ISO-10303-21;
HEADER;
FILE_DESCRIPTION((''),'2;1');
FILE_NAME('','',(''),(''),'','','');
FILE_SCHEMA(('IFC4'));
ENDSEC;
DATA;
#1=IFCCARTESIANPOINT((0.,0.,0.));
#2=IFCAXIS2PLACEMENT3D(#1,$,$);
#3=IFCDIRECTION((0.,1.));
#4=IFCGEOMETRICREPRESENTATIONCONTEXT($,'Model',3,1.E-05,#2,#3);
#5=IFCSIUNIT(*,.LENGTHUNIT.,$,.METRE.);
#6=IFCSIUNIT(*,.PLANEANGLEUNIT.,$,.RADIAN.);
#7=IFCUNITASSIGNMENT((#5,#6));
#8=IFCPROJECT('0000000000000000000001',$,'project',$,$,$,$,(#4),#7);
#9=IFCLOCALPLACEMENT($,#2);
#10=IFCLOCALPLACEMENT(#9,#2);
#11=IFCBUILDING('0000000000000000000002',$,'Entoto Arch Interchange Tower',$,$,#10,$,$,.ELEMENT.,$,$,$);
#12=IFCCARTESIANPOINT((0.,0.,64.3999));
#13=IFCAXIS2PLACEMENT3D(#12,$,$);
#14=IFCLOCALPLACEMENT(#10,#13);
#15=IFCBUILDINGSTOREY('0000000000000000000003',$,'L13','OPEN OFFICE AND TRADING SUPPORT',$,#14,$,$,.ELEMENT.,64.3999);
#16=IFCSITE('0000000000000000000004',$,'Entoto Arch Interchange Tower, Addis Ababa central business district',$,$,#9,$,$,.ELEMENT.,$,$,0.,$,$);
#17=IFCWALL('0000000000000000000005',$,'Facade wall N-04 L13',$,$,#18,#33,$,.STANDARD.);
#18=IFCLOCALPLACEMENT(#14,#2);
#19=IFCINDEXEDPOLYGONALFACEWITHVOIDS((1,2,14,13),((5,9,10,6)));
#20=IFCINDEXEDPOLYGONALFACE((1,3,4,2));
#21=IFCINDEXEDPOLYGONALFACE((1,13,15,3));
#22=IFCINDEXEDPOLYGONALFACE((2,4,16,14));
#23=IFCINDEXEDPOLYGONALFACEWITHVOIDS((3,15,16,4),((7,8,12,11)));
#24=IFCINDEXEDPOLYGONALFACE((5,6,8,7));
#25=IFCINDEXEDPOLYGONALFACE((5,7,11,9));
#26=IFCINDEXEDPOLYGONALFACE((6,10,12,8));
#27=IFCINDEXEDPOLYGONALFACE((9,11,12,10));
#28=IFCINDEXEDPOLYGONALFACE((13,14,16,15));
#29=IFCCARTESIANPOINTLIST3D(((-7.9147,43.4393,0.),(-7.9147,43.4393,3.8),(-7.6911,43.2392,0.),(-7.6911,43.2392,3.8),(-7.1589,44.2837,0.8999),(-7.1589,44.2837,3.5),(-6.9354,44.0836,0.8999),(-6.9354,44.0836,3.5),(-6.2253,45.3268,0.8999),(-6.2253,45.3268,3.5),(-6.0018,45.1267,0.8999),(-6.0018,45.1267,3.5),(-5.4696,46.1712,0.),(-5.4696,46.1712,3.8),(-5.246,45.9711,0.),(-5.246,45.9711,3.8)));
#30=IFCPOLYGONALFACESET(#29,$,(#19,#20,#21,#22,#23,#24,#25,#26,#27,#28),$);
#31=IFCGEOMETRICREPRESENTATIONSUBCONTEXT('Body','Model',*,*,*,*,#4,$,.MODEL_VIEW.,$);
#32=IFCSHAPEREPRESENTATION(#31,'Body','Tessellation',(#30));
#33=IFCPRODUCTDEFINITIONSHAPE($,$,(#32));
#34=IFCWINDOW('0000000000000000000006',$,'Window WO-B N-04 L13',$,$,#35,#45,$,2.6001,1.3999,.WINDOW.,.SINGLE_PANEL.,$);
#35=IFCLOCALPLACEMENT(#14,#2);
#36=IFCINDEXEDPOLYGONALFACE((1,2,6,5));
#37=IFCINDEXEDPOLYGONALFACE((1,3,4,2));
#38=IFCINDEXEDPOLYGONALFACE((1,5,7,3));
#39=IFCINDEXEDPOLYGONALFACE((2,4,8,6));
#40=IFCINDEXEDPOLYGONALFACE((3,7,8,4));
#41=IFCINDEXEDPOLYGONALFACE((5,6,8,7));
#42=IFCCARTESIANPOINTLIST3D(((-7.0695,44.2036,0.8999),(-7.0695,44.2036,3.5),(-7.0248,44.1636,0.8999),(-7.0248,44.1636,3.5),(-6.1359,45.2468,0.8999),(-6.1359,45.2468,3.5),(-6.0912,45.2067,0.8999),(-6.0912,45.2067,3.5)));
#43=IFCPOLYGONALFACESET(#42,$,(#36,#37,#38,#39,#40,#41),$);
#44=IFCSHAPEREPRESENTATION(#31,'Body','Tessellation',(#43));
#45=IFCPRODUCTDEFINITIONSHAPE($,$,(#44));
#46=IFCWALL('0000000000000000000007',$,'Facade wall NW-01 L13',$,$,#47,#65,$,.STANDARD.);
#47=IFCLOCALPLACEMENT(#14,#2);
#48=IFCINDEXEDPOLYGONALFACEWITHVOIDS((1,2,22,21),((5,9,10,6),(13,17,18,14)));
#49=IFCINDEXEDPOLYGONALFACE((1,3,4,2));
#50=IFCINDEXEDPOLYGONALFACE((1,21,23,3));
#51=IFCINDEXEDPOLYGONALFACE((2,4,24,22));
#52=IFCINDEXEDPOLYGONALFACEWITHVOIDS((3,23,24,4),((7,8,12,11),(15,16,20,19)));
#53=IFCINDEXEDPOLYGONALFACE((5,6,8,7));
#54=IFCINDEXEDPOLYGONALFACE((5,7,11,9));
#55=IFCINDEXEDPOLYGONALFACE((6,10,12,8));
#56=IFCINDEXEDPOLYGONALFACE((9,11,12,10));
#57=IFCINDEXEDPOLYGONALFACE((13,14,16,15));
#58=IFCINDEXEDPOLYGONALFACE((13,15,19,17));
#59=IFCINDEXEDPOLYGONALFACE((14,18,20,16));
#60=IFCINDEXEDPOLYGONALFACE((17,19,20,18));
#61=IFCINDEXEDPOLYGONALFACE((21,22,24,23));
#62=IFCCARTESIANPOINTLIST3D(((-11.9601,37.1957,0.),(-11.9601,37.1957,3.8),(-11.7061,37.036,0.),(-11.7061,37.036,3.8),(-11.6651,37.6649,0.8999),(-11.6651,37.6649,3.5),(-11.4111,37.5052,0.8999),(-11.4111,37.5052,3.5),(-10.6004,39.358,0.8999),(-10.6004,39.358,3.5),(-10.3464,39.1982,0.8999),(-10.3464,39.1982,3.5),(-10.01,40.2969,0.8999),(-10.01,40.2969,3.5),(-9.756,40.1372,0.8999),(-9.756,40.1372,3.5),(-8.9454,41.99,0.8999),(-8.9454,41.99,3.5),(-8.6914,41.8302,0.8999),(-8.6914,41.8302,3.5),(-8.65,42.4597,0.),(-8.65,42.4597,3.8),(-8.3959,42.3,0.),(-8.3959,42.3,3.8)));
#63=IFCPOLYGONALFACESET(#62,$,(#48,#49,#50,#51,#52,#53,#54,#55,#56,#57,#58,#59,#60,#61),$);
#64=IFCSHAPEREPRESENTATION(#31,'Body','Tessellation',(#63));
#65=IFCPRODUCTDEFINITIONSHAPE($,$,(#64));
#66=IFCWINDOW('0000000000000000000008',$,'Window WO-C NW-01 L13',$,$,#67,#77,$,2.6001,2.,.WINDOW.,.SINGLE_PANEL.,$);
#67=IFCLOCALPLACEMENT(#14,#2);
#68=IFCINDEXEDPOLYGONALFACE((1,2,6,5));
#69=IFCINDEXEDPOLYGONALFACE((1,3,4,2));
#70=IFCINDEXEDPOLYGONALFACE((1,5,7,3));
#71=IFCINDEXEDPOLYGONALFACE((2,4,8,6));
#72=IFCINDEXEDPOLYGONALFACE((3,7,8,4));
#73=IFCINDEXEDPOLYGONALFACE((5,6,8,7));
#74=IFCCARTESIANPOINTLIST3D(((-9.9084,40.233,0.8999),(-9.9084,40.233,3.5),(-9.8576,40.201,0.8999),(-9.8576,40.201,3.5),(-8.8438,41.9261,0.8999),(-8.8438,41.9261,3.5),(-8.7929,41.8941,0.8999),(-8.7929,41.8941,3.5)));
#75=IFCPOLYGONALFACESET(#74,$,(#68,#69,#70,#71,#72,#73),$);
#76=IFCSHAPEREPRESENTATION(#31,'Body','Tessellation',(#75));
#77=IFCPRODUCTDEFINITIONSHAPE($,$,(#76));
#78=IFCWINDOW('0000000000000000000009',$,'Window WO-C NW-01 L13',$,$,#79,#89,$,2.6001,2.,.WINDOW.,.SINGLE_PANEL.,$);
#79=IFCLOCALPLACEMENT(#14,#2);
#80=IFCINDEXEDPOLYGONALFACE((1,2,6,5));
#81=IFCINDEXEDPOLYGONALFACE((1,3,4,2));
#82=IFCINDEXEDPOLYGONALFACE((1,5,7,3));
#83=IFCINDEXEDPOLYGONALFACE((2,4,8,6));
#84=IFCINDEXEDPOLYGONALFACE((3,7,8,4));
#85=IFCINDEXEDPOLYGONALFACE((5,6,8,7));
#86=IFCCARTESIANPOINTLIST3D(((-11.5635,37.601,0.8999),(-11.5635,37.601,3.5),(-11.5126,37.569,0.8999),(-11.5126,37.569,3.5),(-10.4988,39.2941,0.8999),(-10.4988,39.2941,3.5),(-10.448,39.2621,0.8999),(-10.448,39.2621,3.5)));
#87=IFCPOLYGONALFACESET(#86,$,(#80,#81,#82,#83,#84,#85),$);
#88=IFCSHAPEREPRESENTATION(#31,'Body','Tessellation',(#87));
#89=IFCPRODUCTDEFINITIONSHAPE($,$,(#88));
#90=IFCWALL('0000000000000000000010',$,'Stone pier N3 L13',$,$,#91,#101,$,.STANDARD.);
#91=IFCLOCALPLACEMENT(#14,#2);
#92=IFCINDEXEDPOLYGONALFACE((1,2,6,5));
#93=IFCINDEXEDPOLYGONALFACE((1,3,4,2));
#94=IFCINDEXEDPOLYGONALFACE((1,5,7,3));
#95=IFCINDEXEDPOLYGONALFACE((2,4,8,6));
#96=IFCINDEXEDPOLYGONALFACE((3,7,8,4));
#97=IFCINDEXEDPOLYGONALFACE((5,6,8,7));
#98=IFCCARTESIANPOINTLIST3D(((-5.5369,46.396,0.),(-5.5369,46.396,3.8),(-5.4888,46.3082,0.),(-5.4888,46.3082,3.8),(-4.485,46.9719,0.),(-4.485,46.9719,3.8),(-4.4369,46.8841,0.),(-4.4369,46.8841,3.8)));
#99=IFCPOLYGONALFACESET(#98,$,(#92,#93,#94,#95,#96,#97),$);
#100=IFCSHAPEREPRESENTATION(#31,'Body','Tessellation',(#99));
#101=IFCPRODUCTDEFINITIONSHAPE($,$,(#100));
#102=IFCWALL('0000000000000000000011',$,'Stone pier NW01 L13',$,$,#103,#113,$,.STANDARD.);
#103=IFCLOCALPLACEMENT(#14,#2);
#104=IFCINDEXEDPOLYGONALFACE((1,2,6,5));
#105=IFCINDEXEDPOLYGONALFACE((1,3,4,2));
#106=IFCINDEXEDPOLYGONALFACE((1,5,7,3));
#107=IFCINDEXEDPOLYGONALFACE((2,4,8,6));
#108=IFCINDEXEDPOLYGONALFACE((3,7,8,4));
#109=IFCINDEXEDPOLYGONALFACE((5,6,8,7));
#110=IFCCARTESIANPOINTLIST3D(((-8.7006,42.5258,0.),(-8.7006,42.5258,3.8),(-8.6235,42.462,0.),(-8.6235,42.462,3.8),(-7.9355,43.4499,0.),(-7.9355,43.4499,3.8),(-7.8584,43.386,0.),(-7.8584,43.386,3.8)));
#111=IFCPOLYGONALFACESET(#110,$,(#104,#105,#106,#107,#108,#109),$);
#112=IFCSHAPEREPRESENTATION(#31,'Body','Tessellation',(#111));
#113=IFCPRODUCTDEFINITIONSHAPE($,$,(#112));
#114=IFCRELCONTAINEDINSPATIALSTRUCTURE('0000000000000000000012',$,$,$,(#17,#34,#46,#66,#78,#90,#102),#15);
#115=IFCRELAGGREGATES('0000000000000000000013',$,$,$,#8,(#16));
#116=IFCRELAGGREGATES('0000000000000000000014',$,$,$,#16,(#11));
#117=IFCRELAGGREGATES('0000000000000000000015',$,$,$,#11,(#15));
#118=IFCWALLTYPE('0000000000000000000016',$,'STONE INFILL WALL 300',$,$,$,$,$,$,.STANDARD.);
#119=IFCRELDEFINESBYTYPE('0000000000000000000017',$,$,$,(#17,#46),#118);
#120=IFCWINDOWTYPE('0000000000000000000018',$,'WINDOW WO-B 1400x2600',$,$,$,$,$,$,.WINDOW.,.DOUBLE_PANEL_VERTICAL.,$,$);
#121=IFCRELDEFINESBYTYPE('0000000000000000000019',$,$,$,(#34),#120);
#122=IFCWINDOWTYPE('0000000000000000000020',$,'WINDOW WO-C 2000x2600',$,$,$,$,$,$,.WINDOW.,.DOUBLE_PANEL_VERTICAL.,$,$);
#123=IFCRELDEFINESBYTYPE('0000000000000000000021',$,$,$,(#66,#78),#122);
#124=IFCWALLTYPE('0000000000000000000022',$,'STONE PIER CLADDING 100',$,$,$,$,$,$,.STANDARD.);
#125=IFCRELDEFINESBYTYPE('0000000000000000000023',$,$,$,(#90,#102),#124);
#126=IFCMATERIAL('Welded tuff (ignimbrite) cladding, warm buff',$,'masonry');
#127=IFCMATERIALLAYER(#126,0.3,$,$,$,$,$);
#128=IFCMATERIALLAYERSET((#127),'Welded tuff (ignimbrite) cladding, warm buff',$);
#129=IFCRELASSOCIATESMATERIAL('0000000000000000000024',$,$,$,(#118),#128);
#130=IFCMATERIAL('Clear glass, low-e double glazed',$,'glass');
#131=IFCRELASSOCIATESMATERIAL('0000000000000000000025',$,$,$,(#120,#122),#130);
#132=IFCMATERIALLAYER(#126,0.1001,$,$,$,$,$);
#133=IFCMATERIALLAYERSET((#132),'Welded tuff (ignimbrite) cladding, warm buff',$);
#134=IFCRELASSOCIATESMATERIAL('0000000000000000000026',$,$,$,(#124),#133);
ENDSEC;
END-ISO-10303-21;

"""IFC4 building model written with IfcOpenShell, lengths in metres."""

from ifc_helpers import new_model, si_unit, direction, frame, frame_2d, origin, place, context, subcontext, project, spatial, rectangle, extrude, material, layer, layer_set, type_object, element, fill, save


model = new_model("IFC4")

# Units and contexts
model_context = context("Model", 3, precision=1e-05, world=origin(), true_north=direction((0.0, 1.0)))
body_context = subcontext(model_context, "Body", "Model", "MODEL_VIEW")
ifc_project = project(units=[si_unit("LENGTHUNIT", "METRE"), si_unit("PLANEANGLEUNIT", "RADIAN")], contexts=[model_context])

# Site, building, storey
site_placement = place(None, origin())
site = spatial("IfcSite", under=ifc_project, at=site_placement, Name="Entoto Arch Interchange Tower, Addis Ababa central business district", CompositionType="ELEMENT", RefElevation=0.0)
building_placement = place(site_placement, origin())
building = spatial("IfcBuilding", under=site, at=building_placement, Name="Entoto Arch Interchange Tower", CompositionType="ELEMENT")
storey_placement = place(building_placement, frame((0.0, 0.0, 64.3999)))
storey = spatial("IfcBuildingStorey", under=building, at=storey_placement, Name="L13", Description="OPEN OFFICE AND TRADING SUPPORT", CompositionType="ELEMENT", Elevation=64.3999)

# Wall, opening, window
ifc_material_1 = material(Name="Welded tuff (ignimbrite) cladding, warm buff", Category="masonry")
ifc_layer_1 = layer(ifc_material_1, 0.3)
ifc_layer_set_1 = layer_set([ifc_layer_1], Name="Welded tuff (ignimbrite) cladding, warm buff")
wall_type_1 = type_object("IfcWallType", Name="STONE INFILL WALL 300", PredefinedType="STANDARD", material=ifc_layer_set_1)
ifc_material_2 = material(Name="Clear glass, low-e double glazed", Category="glass")
window_type_1 = type_object("IfcWindowType", Name="WINDOW WO-B 1400x2600", PartitioningType="DOUBLE_PANEL_VERTICAL", PredefinedType="WINDOW", material=ifc_material_2)
wall_1_placement = place(storey_placement, frame((-5.3579, 46.071, 0.0), z_axis=(0.0, 0.0, 1.0), x_axis=(-0.666902, -0.745146, 0.0)))
wall_1 = element("IfcWall", 1, at=wall_1_placement, inside=storey, type_object=wall_type_1, Name="Facade wall N-04 L13", PredefinedType="STANDARD", context=body_context, shape_type="SweptSolid", body=[
    extrude(rectangle(XDim=3.6663, YDim=0.3, at=frame_2d((1.833, 0.0))), origin(), (0.0, 0.0, 1.0), 3.8),
])
opening_1_placement = place(wall_1_placement, frame((1.1331, 0.0, 0.8999)))
opening_1 = element("IfcOpeningElement", 2, at=opening_1_placement, cuts=wall_1, PredefinedType="OPENING", context=body_context, shape_type="SweptSolid", body=[
    extrude(rectangle(XDim=1.3999, YDim=2.6001, at=frame_2d((0.7, 1.3))), frame((0.0, 0.1602, 0.0), z_axis=(0.0, -1.0, 0.0), x_axis=(1.0, 0.0, 0.0)), (0.0, 0.0, 1.0), 0.3201),
])
window_1_placement = place(opening_1_placement, origin())
window_1 = element("IfcWindow", 3, at=window_1_placement, inside=storey, type_object=window_type_1, Name="Window WO-B N-04 L13", OverallHeight=2.6001, OverallWidth=1.3999, PartitioningType="SINGLE_PANEL", PredefinedType="WINDOW", context=body_context, shape_type="SweptSolid", body=[
    extrude(rectangle(XDim=1.3999, YDim=2.6001, at=frame_2d((0.7, 1.3))), frame((0.0, 0.03, 0.0), z_axis=(0.0, -1.0, 0.0), x_axis=(1.0, 0.0, 0.0)), (0.0, 0.0, 1.0), 0.0601),
])
fill(opening_1, window_1)

# Wall, openings, windows
wall_2_placement = place(storey_placement, frame((-8.5229, 42.3799, 0.0), z_axis=(0.0, 0.0, 1.0), x_axis=(-0.532323, -0.846542, 0.0)))
wall_2 = element("IfcWall", 4, at=wall_2_placement, inside=storey, type_object=wall_type_1, Name="Facade wall NW-01 L13", PredefinedType="STANDARD", context=body_context, shape_type="SweptSolid", body=[
    extrude(rectangle(XDim=6.2183, YDim=0.3, at=frame_2d((3.1091, 0.0))), origin(), (0.0, 0.0, 1.0), 3.8),
])
opening_2_placement = place(wall_2_placement, frame((0.5549, 0.0, 0.8999)))
opening_2 = element("IfcOpeningElement", 5, at=opening_2_placement, cuts=wall_2, PredefinedType="OPENING", context=body_context, shape_type="SweptSolid", body=[
    extrude(rectangle(XDim=2.0, YDim=2.6001, at=frame_2d((1.0, 1.3))), frame((0.0, 0.1602, 0.0), z_axis=(0.0, -1.0, 0.0), x_axis=(1.0, 0.0, 0.0)), (0.0, 0.0, 1.0), 0.3201),
])
opening_3_placement = place(wall_2_placement, frame((3.6641, 0.0, 0.8999)))
opening_3 = element("IfcOpeningElement", 6, at=opening_3_placement, cuts=wall_2, PredefinedType="OPENING", context=body_context, shape_type="SweptSolid", body=[
    extrude(rectangle(XDim=2.0, YDim=2.6001, at=frame_2d((1.0, 1.3))), frame((0.0, 0.1602, 0.0), z_axis=(0.0, -1.0, 0.0), x_axis=(1.0, 0.0, 0.0)), (0.0, 0.0, 1.0), 0.3201),
])
window_type_2 = type_object("IfcWindowType", Name="WINDOW WO-C 2000x2600", PartitioningType="DOUBLE_PANEL_VERTICAL", PredefinedType="WINDOW", material=ifc_material_2)
window_2_placement = place(opening_2_placement, origin())
window_2 = element("IfcWindow", 7, at=window_2_placement, inside=storey, type_object=window_type_2, Name="Window WO-C NW-01 L13", OverallHeight=2.6001, OverallWidth=2.0, PartitioningType="SINGLE_PANEL", PredefinedType="WINDOW", context=body_context, shape_type="SweptSolid", body=[
    extrude(rectangle(XDim=2.0, YDim=2.6001, at=frame_2d((1.0, 1.3))), frame((0.0, 0.03, 0.0), z_axis=(0.0, -1.0, 0.0), x_axis=(1.0, 0.0, 0.0)), (0.0, 0.0, 1.0), 0.0601),
])
fill(opening_2, window_2)
window_3_placement = place(opening_3_placement, origin())
window_3 = element("IfcWindow", 8, at=window_3_placement, inside=storey, type_object=window_type_2, Name="Window WO-C NW-01 L13", OverallHeight=2.6001, OverallWidth=2.0, PartitioningType="SINGLE_PANEL", PredefinedType="WINDOW", context=body_context, shape_type="SweptSolid", body=[
    extrude(rectangle(XDim=2.0, YDim=2.6001, at=frame_2d((1.0, 1.3))), frame((0.0, 0.03, 0.0), z_axis=(0.0, -1.0, 0.0), x_axis=(1.0, 0.0, 0.0)), (0.0, 0.0, 1.0), 0.0601),
])
fill(opening_3, window_3)

# Walls
ifc_layer_2 = layer(ifc_material_1, 0.1001)
ifc_layer_set_2 = layer_set([ifc_layer_2], Name="Welded tuff (ignimbrite) cladding, warm buff")
wall_type_2 = type_object("IfcWallType", Name="STONE PIER CLADDING 100", PredefinedType="STANDARD", material=ifc_layer_set_2)
wall_3_placement = place(storey_placement, frame((-4.4609, 46.928, 0.0), z_axis=(0.0, 0.0, 1.0), x_axis=(-0.877155, -0.480206, 0.0)))
element("IfcWall", 9, at=wall_3_placement, inside=storey, type_object=wall_type_2, Name="Stone pier N3 L13", PredefinedType="STANDARD", context=body_context, shape_type="SweptSolid", body=[
    extrude(rectangle(XDim=1.1992, YDim=0.1001, at=frame_2d((0.5996, 0.0))), origin(), (0.0, 0.0, 1.0), 3.8),
])
wall_4_placement = place(storey_placement, frame((-7.897, 43.418, 0.0), z_axis=(0.0, 0.0, 1.0), x_axis=(-0.637759, -0.770236, 0.0)))
element("IfcWall", 10, at=wall_4_placement, inside=storey, type_object=wall_type_2, Name="Stone pier NW01 L13", PredefinedType="STANDARD", context=body_context, shape_type="SweptSolid", body=[
    extrude(rectangle(XDim=1.1997, YDim=0.1001, at=frame_2d((0.5999, 0.0))), origin(), (0.0, 0.0, 1.0), 3.8),
])

save(model, "model.ifc")
